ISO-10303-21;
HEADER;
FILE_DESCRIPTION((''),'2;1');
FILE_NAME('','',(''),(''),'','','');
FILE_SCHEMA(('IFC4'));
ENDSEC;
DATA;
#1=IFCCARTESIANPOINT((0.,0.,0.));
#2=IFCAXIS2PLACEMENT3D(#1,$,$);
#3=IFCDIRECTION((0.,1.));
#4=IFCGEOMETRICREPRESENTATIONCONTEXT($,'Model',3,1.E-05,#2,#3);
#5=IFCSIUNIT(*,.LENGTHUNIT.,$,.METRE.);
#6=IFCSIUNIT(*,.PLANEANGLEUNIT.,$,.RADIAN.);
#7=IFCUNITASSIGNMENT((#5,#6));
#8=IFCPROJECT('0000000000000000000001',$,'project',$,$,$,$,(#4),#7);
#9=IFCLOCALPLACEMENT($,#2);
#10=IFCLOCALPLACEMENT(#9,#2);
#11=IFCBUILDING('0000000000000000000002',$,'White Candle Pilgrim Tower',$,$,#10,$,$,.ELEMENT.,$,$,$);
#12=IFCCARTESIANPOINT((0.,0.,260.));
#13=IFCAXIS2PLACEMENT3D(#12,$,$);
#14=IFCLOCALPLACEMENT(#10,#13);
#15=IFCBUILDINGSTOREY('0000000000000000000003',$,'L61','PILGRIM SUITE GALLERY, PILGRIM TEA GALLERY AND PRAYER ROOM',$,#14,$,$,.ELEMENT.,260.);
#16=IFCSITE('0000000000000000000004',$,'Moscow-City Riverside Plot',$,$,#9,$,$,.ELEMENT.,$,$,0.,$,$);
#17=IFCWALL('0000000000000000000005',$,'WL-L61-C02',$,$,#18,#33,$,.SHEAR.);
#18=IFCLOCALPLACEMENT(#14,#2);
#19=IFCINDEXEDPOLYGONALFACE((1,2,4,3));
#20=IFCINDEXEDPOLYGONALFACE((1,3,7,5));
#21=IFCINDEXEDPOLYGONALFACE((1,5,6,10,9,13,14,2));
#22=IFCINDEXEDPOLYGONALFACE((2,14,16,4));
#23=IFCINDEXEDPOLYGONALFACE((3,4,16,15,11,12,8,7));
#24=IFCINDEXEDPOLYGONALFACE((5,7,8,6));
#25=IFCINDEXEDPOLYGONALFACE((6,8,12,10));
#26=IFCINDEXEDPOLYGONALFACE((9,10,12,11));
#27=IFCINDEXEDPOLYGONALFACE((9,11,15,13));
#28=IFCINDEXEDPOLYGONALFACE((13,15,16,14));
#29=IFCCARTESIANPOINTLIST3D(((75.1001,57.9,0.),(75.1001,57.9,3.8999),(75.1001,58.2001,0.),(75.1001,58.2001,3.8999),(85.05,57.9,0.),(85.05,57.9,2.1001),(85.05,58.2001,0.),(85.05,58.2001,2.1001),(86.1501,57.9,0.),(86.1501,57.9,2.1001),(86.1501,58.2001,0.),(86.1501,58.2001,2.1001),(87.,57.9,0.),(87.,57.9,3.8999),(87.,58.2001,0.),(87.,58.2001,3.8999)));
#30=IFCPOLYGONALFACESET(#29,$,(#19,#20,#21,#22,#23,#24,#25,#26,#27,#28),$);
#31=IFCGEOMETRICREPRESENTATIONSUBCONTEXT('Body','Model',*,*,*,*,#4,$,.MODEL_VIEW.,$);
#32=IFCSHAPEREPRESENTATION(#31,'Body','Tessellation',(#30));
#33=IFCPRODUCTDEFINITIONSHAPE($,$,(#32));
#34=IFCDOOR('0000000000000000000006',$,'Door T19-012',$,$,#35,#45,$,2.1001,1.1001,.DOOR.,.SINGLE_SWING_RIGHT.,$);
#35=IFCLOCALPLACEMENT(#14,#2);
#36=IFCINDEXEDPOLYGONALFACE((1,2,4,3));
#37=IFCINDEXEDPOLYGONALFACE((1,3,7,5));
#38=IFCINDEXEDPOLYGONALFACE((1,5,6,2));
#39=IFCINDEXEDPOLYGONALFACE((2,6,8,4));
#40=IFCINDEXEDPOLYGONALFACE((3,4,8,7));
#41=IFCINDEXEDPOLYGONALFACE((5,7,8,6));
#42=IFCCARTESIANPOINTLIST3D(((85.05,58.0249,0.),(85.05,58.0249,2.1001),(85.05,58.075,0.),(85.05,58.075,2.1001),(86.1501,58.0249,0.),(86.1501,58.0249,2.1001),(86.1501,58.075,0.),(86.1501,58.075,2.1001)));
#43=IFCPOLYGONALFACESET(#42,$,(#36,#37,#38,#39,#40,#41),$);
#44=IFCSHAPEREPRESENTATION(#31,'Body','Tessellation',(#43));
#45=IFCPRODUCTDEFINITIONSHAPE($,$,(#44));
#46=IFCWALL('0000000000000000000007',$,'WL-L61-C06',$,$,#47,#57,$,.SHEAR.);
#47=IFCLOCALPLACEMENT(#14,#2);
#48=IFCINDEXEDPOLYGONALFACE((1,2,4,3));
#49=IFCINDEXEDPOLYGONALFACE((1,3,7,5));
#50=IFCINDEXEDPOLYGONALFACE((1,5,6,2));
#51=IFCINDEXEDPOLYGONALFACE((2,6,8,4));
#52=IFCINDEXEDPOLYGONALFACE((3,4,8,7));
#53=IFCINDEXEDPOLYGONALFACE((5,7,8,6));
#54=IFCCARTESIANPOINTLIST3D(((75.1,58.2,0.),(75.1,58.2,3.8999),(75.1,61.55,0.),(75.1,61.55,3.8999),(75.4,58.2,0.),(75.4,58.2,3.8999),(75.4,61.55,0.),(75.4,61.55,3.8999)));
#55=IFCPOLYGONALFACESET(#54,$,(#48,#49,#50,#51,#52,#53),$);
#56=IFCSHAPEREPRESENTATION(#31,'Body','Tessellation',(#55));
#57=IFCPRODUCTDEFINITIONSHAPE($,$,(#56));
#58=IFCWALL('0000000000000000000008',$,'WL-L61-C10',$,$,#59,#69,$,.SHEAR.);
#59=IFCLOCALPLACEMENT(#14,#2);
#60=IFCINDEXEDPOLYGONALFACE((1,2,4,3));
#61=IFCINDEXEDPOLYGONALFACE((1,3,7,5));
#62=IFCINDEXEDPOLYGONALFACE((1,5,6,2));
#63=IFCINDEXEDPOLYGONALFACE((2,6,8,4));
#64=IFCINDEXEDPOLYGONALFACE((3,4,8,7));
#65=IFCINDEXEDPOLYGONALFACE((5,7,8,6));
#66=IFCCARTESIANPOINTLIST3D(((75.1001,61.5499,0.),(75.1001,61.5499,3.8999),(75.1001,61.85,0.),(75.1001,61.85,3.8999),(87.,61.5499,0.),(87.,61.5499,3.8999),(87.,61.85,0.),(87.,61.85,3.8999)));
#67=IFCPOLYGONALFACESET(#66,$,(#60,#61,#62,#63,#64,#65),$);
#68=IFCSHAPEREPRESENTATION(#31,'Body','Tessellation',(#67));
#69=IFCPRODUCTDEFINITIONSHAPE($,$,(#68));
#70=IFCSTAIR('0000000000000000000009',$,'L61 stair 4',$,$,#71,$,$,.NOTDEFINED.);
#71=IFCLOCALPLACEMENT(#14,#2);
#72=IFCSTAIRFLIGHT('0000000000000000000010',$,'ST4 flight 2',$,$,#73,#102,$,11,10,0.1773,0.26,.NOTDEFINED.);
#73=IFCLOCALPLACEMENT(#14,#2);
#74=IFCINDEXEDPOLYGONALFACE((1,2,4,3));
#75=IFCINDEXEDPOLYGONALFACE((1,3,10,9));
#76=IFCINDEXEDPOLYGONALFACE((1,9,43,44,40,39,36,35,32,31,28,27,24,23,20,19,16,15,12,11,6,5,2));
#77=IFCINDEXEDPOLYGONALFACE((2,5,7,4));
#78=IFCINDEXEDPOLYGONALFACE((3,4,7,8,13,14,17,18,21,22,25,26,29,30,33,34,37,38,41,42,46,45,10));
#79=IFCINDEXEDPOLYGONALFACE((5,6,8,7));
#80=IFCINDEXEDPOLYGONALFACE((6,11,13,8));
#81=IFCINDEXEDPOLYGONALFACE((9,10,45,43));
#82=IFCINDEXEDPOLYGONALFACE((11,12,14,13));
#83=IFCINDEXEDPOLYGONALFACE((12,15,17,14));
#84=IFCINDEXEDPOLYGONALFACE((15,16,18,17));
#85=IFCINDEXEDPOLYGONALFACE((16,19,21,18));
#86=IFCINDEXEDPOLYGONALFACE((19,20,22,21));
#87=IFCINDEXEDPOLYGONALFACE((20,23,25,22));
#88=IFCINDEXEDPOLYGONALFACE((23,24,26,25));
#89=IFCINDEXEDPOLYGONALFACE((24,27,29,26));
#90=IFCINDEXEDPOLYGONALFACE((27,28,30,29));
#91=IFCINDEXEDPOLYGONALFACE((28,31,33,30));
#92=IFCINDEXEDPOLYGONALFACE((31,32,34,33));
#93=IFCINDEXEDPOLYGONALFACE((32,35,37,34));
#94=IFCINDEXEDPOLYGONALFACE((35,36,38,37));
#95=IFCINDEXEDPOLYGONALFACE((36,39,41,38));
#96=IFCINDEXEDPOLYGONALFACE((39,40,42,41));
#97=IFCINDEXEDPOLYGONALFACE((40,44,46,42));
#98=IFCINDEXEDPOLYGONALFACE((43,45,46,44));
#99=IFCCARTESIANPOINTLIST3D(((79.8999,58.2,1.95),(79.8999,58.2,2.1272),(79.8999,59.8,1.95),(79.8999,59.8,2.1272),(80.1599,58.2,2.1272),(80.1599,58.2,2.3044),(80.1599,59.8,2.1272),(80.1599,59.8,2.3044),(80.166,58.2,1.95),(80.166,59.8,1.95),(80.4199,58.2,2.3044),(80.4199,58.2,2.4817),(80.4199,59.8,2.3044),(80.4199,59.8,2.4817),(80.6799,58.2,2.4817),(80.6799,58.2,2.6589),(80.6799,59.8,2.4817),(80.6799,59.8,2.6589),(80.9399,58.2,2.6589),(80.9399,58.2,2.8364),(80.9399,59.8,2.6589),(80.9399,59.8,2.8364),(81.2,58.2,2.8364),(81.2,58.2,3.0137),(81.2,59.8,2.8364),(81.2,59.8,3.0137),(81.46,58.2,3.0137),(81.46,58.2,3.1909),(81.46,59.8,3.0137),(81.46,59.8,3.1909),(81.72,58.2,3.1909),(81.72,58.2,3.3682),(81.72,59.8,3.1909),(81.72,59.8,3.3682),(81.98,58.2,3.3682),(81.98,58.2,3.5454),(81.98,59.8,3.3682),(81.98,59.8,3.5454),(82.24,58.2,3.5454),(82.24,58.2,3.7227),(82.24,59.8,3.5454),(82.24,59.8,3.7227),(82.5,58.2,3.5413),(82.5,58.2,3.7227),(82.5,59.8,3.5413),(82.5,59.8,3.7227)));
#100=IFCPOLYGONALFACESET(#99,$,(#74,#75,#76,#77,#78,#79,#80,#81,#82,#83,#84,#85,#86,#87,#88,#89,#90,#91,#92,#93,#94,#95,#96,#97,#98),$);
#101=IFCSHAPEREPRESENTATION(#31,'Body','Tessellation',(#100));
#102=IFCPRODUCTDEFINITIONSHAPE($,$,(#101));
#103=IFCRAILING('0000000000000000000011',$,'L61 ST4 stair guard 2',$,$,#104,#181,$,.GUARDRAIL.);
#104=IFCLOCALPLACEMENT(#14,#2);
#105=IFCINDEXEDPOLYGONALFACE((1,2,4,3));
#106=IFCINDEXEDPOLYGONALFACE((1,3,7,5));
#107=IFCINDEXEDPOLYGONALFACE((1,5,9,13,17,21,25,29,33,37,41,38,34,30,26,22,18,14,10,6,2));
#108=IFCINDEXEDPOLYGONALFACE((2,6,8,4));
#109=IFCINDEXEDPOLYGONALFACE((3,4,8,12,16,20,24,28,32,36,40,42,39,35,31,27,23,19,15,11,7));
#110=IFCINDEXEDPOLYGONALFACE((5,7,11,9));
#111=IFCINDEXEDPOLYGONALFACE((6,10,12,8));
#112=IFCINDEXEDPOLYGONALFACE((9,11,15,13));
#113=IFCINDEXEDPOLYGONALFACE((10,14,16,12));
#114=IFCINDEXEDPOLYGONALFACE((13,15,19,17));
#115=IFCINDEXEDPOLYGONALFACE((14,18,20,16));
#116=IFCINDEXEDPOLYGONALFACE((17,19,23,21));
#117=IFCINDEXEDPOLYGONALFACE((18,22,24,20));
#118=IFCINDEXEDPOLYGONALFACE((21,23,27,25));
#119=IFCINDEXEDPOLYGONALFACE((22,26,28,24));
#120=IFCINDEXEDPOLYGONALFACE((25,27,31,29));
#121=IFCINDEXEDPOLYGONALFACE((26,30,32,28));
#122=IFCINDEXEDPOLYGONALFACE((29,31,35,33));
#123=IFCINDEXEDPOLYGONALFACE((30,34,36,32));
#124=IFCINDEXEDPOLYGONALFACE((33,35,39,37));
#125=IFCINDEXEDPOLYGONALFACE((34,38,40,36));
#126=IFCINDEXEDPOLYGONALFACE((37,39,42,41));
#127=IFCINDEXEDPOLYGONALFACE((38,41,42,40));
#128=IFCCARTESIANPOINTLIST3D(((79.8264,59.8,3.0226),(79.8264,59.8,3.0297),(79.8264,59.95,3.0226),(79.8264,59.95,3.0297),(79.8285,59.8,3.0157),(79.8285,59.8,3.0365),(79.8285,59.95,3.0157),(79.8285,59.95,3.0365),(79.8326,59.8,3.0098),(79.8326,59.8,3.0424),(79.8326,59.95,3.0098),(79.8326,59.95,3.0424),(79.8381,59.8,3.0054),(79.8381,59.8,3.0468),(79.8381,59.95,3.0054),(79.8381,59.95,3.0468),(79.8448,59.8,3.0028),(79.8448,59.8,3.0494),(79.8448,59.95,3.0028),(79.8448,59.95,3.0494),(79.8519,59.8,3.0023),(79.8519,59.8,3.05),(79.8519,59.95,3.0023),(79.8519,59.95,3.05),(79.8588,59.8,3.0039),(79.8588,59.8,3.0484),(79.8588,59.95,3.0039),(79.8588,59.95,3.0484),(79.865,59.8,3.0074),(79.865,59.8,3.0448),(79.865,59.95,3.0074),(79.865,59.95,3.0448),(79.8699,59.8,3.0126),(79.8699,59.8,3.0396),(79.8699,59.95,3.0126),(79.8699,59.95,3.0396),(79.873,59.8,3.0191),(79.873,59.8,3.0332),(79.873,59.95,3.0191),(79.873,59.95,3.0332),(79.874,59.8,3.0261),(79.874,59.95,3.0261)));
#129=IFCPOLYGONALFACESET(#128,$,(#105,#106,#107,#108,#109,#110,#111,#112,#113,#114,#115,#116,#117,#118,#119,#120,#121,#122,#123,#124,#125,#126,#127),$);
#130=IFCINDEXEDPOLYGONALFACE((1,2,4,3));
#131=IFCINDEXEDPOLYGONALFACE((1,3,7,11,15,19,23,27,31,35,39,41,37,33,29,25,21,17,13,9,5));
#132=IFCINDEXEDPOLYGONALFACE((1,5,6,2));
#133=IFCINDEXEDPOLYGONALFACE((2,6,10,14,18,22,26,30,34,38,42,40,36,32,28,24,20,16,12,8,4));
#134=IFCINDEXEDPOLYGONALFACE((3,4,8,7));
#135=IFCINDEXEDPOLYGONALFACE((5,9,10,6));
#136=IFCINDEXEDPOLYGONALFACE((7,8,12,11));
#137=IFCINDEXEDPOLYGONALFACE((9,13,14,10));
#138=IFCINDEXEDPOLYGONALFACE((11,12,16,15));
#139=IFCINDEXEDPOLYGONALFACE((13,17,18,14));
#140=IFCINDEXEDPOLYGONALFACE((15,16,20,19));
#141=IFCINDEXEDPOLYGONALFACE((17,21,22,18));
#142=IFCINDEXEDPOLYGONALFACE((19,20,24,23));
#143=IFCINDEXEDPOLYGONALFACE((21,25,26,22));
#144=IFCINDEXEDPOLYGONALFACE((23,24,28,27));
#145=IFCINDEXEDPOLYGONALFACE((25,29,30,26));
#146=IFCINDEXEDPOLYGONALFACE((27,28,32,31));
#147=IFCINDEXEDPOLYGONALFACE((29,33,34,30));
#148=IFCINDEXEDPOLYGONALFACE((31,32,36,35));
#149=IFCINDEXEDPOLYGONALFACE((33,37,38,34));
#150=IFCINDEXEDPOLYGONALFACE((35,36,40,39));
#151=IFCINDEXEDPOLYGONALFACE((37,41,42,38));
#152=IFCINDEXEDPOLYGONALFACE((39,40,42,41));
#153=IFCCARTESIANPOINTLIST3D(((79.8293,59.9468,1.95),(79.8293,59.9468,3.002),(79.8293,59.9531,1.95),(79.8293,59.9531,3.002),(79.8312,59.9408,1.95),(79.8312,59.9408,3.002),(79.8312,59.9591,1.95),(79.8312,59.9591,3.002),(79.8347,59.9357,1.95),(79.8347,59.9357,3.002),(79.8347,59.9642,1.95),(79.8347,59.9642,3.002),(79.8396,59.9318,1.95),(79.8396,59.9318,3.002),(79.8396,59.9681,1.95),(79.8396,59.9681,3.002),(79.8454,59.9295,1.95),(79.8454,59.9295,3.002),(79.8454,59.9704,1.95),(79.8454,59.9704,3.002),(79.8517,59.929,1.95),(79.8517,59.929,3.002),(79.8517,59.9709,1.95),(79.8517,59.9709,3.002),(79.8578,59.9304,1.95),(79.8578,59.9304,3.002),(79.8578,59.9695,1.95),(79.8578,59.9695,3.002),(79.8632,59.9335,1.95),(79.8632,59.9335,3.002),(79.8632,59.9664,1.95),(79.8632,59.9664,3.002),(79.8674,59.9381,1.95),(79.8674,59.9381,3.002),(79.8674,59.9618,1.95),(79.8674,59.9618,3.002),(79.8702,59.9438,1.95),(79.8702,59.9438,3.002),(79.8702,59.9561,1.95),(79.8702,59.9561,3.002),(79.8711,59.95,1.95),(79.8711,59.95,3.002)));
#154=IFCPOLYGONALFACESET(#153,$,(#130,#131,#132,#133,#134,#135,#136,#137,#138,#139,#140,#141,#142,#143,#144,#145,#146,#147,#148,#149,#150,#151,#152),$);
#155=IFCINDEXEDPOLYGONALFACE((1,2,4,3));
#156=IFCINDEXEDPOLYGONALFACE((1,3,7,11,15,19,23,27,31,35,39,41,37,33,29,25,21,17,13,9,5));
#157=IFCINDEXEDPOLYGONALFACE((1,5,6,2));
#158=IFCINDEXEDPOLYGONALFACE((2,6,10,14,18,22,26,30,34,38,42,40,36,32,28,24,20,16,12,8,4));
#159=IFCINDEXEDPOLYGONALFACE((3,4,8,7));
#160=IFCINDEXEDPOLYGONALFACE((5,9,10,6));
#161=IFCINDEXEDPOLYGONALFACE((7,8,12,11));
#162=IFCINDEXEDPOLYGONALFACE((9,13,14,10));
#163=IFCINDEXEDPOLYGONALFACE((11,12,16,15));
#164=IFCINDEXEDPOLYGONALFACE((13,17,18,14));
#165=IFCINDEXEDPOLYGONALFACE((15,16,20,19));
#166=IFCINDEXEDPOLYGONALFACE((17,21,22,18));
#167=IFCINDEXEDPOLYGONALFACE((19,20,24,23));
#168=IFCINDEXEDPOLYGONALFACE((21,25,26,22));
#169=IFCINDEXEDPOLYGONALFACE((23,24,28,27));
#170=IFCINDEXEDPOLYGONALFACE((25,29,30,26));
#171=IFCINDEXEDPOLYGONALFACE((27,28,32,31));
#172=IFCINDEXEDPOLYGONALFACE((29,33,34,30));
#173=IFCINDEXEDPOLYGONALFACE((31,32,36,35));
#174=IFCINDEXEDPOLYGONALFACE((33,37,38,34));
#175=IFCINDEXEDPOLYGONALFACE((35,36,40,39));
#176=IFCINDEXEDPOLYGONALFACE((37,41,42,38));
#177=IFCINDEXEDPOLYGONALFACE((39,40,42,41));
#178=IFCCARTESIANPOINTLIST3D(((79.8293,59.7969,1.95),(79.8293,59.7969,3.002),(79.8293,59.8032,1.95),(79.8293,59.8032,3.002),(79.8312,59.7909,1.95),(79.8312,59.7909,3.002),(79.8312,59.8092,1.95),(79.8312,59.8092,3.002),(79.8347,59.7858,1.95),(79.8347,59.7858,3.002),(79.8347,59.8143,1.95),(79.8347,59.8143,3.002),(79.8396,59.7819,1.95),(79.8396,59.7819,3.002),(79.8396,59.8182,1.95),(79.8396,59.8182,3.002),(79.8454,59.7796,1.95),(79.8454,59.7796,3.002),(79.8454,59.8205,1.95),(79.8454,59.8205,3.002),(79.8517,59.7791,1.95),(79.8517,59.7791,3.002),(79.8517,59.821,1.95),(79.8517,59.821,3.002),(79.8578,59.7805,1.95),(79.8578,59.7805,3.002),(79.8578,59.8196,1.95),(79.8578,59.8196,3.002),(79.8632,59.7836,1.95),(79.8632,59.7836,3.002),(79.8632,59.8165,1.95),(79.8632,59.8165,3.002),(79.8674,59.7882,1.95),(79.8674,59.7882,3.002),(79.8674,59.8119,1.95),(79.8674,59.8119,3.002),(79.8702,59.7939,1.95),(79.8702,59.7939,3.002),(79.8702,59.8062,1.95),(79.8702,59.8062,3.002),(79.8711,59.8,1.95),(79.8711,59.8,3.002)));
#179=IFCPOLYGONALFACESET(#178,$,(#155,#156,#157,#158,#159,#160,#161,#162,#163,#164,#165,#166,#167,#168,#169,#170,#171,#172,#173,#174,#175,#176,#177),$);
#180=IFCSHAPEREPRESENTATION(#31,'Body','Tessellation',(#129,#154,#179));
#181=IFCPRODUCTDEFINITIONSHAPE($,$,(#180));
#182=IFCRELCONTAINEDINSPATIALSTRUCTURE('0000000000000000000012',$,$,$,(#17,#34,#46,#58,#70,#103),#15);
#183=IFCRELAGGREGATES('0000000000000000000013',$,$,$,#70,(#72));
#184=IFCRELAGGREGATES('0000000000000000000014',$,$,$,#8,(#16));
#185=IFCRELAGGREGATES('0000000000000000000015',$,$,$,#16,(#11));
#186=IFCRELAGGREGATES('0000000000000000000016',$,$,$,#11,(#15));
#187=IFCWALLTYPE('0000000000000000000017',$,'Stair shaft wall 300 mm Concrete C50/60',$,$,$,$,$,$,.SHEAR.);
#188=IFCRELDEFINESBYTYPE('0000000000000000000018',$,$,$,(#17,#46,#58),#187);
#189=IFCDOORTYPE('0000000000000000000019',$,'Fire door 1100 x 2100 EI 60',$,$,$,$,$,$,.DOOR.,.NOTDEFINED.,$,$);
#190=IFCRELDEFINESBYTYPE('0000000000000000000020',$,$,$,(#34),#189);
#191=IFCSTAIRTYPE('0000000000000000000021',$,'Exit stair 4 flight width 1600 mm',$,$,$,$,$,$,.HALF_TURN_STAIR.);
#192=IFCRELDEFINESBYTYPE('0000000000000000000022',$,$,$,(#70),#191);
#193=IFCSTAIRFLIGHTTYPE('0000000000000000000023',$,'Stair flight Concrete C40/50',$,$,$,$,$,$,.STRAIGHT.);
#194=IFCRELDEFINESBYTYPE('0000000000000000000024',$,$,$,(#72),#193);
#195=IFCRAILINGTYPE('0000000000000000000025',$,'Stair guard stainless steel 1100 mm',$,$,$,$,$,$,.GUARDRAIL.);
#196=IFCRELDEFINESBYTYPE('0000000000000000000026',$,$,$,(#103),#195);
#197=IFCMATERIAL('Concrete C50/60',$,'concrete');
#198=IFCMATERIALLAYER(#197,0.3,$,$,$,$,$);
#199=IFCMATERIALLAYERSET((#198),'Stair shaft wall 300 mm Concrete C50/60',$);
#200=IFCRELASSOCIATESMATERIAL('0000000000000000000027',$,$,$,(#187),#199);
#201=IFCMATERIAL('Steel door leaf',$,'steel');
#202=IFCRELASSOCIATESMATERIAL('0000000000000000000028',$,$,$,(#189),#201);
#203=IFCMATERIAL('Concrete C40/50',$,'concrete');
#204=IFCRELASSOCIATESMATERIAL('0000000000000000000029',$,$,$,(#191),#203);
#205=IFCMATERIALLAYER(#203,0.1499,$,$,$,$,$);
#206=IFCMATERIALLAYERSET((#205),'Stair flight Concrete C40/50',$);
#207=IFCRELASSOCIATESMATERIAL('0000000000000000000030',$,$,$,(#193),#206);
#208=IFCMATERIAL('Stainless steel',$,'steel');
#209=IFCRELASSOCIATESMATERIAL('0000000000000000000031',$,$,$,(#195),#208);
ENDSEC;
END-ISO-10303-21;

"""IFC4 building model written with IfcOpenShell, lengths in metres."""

from ifc_helpers import new_model, si_unit, direction, frame, frame_2d, origin, origin_2d, place, context, subcontext, project, spatial, polyline, rectangle, circle, outline, extrude, material, layer, layer_set, type_object, element, fill, aggregate, save


model = new_model("IFC4")

# Units and contexts
model_context = context("Model", 3, precision=1e-05, world=origin(), true_north=direction((0.0, 1.0)))
body_context = subcontext(model_context, "Body", "Model", "MODEL_VIEW")
ifc_project = project(units=[si_unit("LENGTHUNIT", "METRE"), si_unit("PLANEANGLEUNIT", "RADIAN")], contexts=[model_context])

# Site, building, storey
site_placement = place(None, origin())
site = spatial("IfcSite", under=ifc_project, at=site_placement, Name="Moscow-City Riverside Plot", CompositionType="ELEMENT", RefElevation=0.0)
building_placement = place(site_placement, origin())
building = spatial("IfcBuilding", under=site, at=building_placement, Name="White Candle Pilgrim Tower", CompositionType="ELEMENT")
storey_placement = place(building_placement, frame((0.0, 0.0, 260.0)))
storey = spatial("IfcBuildingStorey", under=building, at=storey_placement, Name="L61", Description="PILGRIM SUITE GALLERY, PILGRIM TEA GALLERY AND PRAYER ROOM", CompositionType="ELEMENT", Elevation=260.0)

# Shared definitions
ifc_material_1 = material(Name="Concrete C50/60", Category="concrete")

# Wall, opening, door
ifc_layer_1 = layer(ifc_material_1, 0.3)
ifc_layer_set_1 = layer_set([ifc_layer_1], Name="Stair shaft wall 300 mm Concrete C50/60")
wall_type_1 = type_object("IfcWallType", Name="Stair shaft wall 300 mm Concrete C50/60", PredefinedType="SHEAR", material=ifc_layer_set_1)
wall_1_placement = place(storey_placement, frame((75.1001, 58.05, 0.0), z_axis=(0.0, 0.0, 1.0), x_axis=(1.0, 0.0, 0.0)))
wall_1 = element("IfcWall", 1, at=wall_1_placement, inside=storey, type_object=wall_type_1, Name="WL-L61-C02", PredefinedType="SHEAR", context=body_context, shape_type="SweptSolid", body=[
    extrude(rectangle(XDim=11.8999, YDim=0.3, at=frame_2d((5.95, 0.0))), origin(), (0.0, 0.0, 1.0), 3.8999),
])
opening_placement = place(wall_1_placement, frame((9.95, 0.0, 0.0)))
opening = element("IfcOpeningElement", 2, at=opening_placement, cuts=wall_1, PredefinedType="OPENING", context=body_context, shape_type="SweptSolid", body=[
    extrude(rectangle(XDim=1.1001, YDim=2.1001, at=frame_2d((0.55, 1.05))), frame((0.0, 0.1599, 0.0), z_axis=(0.0, -1.0, 0.0), x_axis=(1.0, 0.0, 0.0)), (0.0, 0.0, 1.0), 0.3201),
])
ifc_material_2 = material(Name="Steel door leaf", Category="steel")
door_type = type_object("IfcDoorType", Name="Fire door 1100 x 2100 EI 60", OperationType="NOTDEFINED", PredefinedType="DOOR", material=ifc_material_2)
door_placement = place(opening_placement, origin())
door = element("IfcDoor", 3, at=door_placement, inside=storey, type_object=door_type, Name="Door T19-012", OperationType="SINGLE_SWING_RIGHT", OverallHeight=2.1001, OverallWidth=1.1001, PredefinedType="DOOR", context=body_context, shape_type="SweptSolid", body=[
    extrude(rectangle(XDim=1.1001, YDim=2.1001, at=frame_2d((0.55, 1.05))), frame((0.0, 0.0249, 0.0), z_axis=(0.0, -1.0, 0.0), x_axis=(1.0, 0.0, 0.0)), (0.0, 0.0, 1.0), 0.05),
])
fill(opening, door)

# Walls
wall_2_placement = place(storey_placement, frame((75.25, 58.2, 0.0), z_axis=(0.0, 0.0, 1.0), x_axis=(0.0, 1.0, 0.0)))
element("IfcWall", 4, at=wall_2_placement, inside=storey, type_object=wall_type_1, Name="WL-L61-C06", PredefinedType="SHEAR", context=body_context, shape_type="SweptSolid", body=[
    extrude(rectangle(XDim=3.3501, YDim=0.3, at=frame_2d((1.675, 0.0))), origin(), (0.0, 0.0, 1.0), 3.8999),
])
wall_3_placement = place(storey_placement, frame((75.1001, 61.7, 0.0), z_axis=(0.0, 0.0, 1.0), x_axis=(1.0, 0.0, 0.0)))
element("IfcWall", 5, at=wall_3_placement, inside=storey, type_object=wall_type_1, Name="WL-L61-C10", PredefinedType="SHEAR", context=body_context, shape_type="SweptSolid", body=[
    extrude(rectangle(XDim=11.8999, YDim=0.3, at=frame_2d((5.95, 0.0))), origin(), (0.0, 0.0, 1.0), 3.8999),
])

# Stair, stair flight
ifc_material_3 = material(Name="Concrete C40/50", Category="concrete")
stair_type = type_object("IfcStairType", Name="Exit stair 4 flight width 1600 mm", PredefinedType="HALF_TURN_STAIR", material=ifc_material_3)
stair_placement = place(storey_placement, origin())
stair = element("IfcStair", 6, at=stair_placement, inside=storey, type_object=stair_type, Name="L61 stair 4", PredefinedType="NOTDEFINED")
ifc_layer_2 = layer(ifc_material_3, 0.1499)
ifc_layer_set_2 = layer_set([ifc_layer_2], Name="Stair flight Concrete C40/50")
stair_flight_type = type_object("IfcStairFlightType", Name="Stair flight Concrete C40/50", PredefinedType="STRAIGHT", material=ifc_layer_set_2)
stair_flight_placement = place(storey_placement, frame((79.8999, 59.0, 1.95), z_axis=(0.0, 0.0, 1.0), x_axis=(1.0, 0.0, 0.0)))
stair_flight = element("IfcStairFlight", 7, at=stair_flight_placement, type_object=stair_flight_type, Name="ST4 flight 2", NumberOfRisers=11, NumberOfTreads=10, PredefinedType="NOTDEFINED", RiserHeight=0.1773, TreadLength=0.26, context=body_context, shape_type="SweptSolid", body=[
    extrude(outline(polyline([(0.0, 0.0), (0.0, 0.1772), (0.26, 0.1772), (0.26, 0.3545), (0.52, 0.3545), (0.52, 0.5317), (0.78, 0.5317), (0.78, 0.709), (1.04, 0.709), (1.04, 0.8865), (1.3, 0.8865), (1.3, 1.0637), (1.5601, 1.0637), (1.5601, 1.241), (1.8201, 1.241), (1.8201, 1.4182), (2.0801, 1.4182), (2.0801, 1.5955), (2.3401, 1.5955), (2.3401, 1.7727), (2.6001, 1.7727), (2.6001, 1.95), (2.6001, 1.5913), (0.2661, 0.0), (0.0, 0.0)])), frame((0.0, 0.8, 0.0), z_axis=(0.0, -1.0, 0.0), x_axis=(1.0, 0.0, 0.0)), (0.0, 0.0, 1.0), 1.6001),
])
aggregate(stair, [stair_flight])

# Railing
ifc_material_4 = material(Name="Stainless steel", Category="steel")
railing_type_1 = type_object("IfcRailingType", Name="Stair guard stainless steel 1100 mm", PredefinedType="GUARDRAIL", material=ifc_material_4)
railing_1_placement = place(storey_placement, frame((79.8501, 59.95, 1.95)))
element("IfcRailing", 8, at=railing_1_placement, inside=storey, type_object=railing_type_1, Name="L61 ST4 stair guard 2", PredefinedType="GUARDRAIL", context=body_context, shape_type="SweptSolid", body=[
    extrude(circle(Radius=0.0239, at=origin_2d()), frame((0.0, 0.0, 1.0762), z_axis=(0.0, -1.0, 0.0), x_axis=(1.0, 0.0, 0.0)), (0.0, 0.0, 1.0), 0.1499),
    extrude(circle(Radius=0.021, at=origin_2d()), origin(), (0.0, 0.0, 1.0), 1.052),
    extrude(circle(Radius=0.021, at=origin_2d()), frame((0.0, -0.1499, 0.0)), (0.0, 0.0, 1.0), 1.052),
])

save(model, "model.ifc")
